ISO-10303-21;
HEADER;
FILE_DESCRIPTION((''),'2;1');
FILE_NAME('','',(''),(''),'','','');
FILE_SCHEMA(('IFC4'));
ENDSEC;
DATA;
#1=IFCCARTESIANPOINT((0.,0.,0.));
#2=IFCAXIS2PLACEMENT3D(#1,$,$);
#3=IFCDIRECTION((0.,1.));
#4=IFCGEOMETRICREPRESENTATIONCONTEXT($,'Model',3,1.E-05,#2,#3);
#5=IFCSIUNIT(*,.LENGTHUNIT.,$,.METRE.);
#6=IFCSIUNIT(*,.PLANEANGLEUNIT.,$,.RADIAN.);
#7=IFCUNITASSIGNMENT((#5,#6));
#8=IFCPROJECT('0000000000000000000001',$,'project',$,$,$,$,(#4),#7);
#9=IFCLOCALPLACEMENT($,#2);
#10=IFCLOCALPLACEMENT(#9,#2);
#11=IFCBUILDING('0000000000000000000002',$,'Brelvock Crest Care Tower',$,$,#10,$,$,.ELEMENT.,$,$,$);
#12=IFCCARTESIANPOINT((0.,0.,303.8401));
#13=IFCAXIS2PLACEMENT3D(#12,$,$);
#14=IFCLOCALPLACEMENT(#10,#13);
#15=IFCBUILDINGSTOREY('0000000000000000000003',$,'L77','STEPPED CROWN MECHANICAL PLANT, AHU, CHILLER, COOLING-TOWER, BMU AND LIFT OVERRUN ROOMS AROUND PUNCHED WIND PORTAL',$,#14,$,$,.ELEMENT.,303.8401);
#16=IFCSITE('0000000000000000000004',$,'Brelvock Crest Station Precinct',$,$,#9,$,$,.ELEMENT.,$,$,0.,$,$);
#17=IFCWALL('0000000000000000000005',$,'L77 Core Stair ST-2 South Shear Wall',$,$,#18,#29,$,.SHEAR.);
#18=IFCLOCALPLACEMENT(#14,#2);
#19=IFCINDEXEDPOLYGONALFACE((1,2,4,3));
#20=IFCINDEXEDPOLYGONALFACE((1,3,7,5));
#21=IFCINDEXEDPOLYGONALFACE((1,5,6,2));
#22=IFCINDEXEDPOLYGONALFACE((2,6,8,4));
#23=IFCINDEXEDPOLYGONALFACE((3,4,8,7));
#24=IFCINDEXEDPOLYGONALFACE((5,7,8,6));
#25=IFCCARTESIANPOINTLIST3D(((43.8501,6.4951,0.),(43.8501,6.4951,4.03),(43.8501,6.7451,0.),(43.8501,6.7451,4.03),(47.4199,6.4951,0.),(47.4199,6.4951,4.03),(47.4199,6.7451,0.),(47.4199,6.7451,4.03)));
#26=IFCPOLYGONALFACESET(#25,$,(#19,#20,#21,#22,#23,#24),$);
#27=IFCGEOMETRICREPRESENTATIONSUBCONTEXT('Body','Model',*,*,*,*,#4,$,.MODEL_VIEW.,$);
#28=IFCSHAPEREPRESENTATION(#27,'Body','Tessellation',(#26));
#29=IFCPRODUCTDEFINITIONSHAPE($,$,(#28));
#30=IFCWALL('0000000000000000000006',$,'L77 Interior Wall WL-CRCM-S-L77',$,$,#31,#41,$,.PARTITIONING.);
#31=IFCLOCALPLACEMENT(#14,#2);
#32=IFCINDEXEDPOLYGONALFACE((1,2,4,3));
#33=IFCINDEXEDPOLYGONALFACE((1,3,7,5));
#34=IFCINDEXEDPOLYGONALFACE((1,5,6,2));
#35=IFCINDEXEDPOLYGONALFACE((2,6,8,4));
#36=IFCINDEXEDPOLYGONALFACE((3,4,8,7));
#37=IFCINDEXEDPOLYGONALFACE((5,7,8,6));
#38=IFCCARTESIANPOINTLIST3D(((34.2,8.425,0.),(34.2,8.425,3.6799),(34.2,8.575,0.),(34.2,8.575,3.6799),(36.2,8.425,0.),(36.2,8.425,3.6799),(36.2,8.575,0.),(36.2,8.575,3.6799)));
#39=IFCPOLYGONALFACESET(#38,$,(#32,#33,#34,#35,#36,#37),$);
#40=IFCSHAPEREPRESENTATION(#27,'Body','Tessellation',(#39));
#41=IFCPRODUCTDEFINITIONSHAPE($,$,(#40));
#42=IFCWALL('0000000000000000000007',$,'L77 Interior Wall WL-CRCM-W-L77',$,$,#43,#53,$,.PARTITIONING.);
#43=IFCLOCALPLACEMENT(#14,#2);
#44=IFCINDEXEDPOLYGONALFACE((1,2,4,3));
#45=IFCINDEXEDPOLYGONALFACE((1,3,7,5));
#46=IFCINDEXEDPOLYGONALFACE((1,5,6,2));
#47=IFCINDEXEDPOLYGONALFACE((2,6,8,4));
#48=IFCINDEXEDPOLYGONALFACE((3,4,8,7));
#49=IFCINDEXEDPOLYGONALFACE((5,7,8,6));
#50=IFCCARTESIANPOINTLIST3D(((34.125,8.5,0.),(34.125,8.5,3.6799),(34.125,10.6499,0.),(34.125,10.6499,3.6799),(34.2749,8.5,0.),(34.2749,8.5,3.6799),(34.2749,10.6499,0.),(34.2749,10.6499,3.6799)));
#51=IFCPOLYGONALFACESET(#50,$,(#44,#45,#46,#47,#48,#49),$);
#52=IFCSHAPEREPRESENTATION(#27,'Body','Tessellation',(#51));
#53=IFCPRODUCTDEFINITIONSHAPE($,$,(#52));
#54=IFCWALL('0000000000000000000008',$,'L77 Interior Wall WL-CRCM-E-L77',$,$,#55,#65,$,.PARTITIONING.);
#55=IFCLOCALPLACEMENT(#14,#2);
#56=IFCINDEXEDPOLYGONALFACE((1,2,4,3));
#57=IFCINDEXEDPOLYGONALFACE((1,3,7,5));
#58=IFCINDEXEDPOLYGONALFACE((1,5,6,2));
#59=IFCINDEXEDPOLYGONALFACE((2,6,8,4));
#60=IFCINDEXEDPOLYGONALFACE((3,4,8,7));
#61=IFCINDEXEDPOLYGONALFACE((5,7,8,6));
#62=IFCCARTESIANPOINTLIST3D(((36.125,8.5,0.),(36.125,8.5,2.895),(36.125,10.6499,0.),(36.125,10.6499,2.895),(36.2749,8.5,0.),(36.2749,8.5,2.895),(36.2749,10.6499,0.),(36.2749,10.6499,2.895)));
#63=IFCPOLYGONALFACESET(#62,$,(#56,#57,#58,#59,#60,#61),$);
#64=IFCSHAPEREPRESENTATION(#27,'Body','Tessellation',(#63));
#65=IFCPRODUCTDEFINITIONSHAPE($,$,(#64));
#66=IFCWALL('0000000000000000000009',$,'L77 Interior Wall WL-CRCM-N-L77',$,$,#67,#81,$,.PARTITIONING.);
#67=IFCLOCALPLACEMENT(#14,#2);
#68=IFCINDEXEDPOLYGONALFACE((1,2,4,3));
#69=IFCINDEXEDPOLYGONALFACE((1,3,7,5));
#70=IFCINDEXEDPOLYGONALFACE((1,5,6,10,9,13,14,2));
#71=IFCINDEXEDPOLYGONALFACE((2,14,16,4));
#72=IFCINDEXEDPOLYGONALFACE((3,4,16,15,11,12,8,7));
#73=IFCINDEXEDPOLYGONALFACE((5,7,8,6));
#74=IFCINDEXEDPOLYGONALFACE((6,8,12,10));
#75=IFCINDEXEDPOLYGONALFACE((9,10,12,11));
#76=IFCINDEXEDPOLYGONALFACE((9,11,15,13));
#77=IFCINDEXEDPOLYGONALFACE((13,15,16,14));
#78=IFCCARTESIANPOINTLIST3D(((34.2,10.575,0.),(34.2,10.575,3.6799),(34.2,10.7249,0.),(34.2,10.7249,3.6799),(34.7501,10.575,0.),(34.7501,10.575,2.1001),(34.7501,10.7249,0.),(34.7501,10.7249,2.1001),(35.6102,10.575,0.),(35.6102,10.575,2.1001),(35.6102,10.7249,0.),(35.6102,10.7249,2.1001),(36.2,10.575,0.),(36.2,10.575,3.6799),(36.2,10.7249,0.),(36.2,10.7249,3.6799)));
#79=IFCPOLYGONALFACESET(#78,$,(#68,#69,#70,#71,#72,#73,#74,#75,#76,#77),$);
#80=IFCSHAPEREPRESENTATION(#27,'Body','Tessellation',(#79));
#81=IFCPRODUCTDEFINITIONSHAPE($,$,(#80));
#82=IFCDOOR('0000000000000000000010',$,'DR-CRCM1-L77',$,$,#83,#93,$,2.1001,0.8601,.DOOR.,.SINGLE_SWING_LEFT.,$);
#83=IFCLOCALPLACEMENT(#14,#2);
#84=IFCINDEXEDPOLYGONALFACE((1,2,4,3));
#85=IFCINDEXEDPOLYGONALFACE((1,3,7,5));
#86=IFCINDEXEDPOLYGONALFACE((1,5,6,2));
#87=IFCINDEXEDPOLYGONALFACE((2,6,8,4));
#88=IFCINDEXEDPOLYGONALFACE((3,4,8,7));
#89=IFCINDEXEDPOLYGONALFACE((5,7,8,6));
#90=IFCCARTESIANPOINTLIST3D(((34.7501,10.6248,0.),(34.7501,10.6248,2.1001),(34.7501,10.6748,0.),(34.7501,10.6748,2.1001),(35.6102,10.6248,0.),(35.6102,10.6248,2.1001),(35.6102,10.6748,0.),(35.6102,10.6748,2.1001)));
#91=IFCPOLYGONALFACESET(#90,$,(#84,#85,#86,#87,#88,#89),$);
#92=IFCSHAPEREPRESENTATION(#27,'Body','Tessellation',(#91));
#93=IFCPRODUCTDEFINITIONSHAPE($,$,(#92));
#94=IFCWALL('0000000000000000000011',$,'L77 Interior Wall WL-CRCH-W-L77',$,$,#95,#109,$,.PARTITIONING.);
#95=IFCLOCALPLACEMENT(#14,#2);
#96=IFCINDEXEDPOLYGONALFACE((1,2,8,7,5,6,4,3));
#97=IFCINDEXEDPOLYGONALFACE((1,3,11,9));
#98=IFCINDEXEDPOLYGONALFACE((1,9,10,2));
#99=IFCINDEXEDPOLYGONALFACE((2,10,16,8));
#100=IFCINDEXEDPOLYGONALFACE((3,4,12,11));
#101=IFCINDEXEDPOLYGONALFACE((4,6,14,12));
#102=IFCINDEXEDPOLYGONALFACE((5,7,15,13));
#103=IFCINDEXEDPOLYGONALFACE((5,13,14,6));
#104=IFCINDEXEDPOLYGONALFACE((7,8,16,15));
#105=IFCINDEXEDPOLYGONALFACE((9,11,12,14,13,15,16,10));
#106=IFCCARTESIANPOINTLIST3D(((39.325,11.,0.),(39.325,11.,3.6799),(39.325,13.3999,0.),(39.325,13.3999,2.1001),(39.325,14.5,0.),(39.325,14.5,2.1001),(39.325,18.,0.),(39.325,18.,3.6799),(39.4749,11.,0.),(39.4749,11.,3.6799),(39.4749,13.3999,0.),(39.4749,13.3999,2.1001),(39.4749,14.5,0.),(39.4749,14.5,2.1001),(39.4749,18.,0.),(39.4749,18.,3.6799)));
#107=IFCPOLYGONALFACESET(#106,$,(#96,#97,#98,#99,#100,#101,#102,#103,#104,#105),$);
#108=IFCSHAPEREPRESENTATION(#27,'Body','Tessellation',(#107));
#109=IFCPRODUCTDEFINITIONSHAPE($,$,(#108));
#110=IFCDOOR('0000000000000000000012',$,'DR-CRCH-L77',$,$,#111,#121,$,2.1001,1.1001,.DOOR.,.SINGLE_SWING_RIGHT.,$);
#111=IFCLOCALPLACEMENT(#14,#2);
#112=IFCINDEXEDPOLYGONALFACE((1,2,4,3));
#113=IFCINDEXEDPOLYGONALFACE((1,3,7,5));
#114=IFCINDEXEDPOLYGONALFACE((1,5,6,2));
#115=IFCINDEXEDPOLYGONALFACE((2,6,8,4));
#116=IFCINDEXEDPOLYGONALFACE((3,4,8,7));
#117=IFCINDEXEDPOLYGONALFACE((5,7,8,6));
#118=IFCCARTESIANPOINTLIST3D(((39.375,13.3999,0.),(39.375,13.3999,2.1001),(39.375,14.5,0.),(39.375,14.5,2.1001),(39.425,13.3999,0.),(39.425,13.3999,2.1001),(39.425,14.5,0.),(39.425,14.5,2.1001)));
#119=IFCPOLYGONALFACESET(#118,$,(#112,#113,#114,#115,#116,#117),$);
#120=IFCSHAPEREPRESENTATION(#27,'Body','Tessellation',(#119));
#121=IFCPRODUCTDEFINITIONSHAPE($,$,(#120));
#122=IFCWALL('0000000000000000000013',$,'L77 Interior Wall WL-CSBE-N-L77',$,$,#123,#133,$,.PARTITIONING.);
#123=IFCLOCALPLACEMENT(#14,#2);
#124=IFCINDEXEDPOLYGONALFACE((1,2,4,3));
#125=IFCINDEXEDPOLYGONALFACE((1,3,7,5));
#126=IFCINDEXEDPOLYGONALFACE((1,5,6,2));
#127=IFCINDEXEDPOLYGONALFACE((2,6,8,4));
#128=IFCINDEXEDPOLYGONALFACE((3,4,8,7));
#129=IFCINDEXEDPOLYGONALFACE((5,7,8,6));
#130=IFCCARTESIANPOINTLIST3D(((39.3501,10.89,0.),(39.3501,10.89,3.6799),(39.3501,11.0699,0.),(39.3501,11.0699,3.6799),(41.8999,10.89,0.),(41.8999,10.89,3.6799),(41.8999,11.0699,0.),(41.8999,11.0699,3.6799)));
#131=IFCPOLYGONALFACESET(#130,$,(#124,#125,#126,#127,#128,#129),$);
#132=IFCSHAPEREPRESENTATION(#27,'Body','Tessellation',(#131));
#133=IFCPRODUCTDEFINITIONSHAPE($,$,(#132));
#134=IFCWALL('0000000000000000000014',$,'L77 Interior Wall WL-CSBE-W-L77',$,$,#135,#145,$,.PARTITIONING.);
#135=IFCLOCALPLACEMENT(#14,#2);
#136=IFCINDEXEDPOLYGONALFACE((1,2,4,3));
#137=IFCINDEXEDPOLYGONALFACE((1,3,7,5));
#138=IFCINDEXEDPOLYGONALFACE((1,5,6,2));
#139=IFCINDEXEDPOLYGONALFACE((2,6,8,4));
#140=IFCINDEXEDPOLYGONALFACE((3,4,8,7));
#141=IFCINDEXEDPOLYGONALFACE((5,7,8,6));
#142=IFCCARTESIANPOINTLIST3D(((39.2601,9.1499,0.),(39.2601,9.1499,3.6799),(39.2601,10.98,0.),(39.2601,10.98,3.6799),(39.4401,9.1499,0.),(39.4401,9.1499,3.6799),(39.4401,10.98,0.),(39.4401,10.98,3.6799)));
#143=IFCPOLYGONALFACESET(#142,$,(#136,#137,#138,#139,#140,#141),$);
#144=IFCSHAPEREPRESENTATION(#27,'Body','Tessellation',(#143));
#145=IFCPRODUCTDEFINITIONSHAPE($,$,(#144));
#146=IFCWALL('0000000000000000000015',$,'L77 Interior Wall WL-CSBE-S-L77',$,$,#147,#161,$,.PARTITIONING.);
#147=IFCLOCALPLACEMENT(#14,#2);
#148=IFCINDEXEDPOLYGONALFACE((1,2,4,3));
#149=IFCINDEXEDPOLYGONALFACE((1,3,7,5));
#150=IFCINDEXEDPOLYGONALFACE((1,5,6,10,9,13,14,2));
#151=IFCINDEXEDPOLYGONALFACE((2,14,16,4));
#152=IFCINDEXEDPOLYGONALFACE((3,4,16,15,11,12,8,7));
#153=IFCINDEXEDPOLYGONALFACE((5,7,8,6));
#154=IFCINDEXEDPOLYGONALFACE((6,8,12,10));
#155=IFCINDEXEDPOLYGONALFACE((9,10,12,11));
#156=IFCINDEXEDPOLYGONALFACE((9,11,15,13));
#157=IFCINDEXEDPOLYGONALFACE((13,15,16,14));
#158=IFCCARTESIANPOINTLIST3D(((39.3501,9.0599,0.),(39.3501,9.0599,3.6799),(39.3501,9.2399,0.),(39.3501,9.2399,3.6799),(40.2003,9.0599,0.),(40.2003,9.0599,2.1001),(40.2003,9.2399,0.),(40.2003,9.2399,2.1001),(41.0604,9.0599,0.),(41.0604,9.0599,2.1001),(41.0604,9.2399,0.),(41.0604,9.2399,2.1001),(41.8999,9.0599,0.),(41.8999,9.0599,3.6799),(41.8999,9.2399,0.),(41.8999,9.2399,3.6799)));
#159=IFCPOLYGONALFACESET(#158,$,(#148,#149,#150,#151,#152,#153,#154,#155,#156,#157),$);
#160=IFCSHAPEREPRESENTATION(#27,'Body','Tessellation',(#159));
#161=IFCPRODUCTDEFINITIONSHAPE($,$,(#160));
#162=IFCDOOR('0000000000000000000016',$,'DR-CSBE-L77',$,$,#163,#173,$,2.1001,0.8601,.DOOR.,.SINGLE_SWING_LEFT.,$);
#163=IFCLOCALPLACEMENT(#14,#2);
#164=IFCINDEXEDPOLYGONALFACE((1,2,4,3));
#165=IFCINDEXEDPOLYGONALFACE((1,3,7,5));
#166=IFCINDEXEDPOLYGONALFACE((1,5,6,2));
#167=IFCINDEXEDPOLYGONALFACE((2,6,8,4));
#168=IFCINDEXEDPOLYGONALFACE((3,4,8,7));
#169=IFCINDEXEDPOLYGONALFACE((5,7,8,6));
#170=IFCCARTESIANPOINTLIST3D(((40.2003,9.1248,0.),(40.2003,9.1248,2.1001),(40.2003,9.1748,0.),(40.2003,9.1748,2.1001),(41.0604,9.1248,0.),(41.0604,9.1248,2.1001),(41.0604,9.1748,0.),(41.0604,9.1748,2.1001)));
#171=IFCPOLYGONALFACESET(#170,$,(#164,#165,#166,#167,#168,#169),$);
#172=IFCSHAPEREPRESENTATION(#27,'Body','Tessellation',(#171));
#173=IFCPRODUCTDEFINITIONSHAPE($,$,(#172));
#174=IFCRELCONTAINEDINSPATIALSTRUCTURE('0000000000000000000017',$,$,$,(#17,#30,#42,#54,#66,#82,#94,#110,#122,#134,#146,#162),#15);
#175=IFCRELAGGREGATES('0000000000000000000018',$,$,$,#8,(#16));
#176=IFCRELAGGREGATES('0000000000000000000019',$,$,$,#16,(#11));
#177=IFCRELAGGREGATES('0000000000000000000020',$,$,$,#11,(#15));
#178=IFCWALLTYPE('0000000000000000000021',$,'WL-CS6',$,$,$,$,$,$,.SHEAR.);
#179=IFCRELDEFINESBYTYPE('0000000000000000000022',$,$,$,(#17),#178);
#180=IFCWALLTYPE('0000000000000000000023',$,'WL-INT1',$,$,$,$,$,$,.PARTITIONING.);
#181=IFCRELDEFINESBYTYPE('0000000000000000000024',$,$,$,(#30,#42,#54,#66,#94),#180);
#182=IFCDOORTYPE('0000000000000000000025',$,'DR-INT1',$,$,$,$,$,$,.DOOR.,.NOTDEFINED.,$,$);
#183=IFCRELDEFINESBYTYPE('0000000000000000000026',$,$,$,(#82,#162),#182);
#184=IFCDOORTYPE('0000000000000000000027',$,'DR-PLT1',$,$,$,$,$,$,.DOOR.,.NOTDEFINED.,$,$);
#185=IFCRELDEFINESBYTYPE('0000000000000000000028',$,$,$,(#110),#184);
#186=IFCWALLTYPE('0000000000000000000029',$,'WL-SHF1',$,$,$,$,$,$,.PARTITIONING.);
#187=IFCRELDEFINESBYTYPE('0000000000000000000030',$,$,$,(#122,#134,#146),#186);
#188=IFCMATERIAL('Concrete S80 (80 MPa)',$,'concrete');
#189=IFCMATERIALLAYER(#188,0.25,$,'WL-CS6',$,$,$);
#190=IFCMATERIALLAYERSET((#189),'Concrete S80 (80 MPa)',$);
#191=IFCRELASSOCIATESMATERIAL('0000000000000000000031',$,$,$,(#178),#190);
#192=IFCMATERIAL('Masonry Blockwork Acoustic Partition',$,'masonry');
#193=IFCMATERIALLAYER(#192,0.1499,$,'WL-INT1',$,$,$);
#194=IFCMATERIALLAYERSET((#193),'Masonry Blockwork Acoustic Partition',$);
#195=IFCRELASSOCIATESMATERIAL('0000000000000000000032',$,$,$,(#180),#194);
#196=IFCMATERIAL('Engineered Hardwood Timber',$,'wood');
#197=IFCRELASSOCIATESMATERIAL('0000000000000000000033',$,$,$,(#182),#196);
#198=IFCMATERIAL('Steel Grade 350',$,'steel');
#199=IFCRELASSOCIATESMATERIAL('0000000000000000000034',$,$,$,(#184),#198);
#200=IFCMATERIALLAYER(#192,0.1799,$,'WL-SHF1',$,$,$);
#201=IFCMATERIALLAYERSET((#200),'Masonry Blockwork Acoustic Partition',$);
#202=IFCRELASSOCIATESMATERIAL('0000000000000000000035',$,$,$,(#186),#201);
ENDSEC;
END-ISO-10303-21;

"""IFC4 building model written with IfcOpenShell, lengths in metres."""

from ifc_helpers import new_model, si_unit, direction, frame, frame_2d, origin, origin_2d, place, context, subcontext, project, spatial, rectangle, extrude, source, transform, mapped, material, layer, layer_set, type_object, element, fill, save


model = new_model("IFC4")

# Units and contexts
model_context = context("Model", 3, precision=1e-05, world=origin(), true_north=direction((0.0, 1.0)))
body_context = subcontext(model_context, "Body", "Model", "MODEL_VIEW")
ifc_project = project(units=[si_unit("LENGTHUNIT", "METRE"), si_unit("PLANEANGLEUNIT", "RADIAN")], contexts=[model_context])

# Site, building, storey
site_placement = place(None, origin())
site = spatial("IfcSite", under=ifc_project, at=site_placement, Name="Brelvock Crest Station Precinct", CompositionType="ELEMENT", RefElevation=0.0)
building_placement = place(site_placement, origin())
building = spatial("IfcBuilding", under=site, at=building_placement, Name="Brelvock Crest Care Tower", CompositionType="ELEMENT")
storey_placement = place(building_placement, frame((0.0, 0.0, 303.8401)))
storey = spatial("IfcBuildingStorey", under=building, at=storey_placement, Name="L77", Description="STEPPED CROWN MECHANICAL PLANT, AHU, CHILLER, COOLING-TOWER, BMU AND LIFT OVERRUN ROOMS AROUND PUNCHED WIND PORTAL", CompositionType="ELEMENT", Elevation=303.8401)

# Shared definitions
ifc_material_1 = material(Name="Steel Grade 350", Category="steel")

# Walls
ifc_material_2 = material(Name="Concrete S80 (80 MPa)", Category="concrete")
ifc_layer_1 = layer(ifc_material_2, 0.25, Name="WL-CS6")
ifc_layer_set_1 = layer_set([ifc_layer_1], Name="Concrete S80 (80 MPa)")
wall_type_1 = type_object("IfcWallType", Name="WL-CS6", PredefinedType="SHEAR", material=ifc_layer_set_1)
wall_1_placement = place(storey_placement, frame((43.8501, 6.6201, 0.0), z_axis=(0.0, 0.0, 1.0), x_axis=(1.0, 0.0, 0.0)))
element("IfcWall", 1, at=wall_1_placement, inside=storey, type_object=wall_type_1, Name="L77 Core Stair ST-2 South Shear Wall", PredefinedType="SHEAR", context=body_context, shape_type="SweptSolid", body=[
    extrude(rectangle(XDim=3.5698, YDim=0.25, at=frame_2d((1.7849, 0.0))), origin(), (0.0, 0.0, 1.0), 4.03),
])
ifc_material_3 = material(Name="Masonry Blockwork Acoustic Partition", Category="masonry")
ifc_layer_2 = layer(ifc_material_3, 0.1499, Name="WL-INT1")
ifc_layer_set_2 = layer_set([ifc_layer_2], Name="Masonry Blockwork Acoustic Partition")
wall_type_2 = type_object("IfcWallType", Name="WL-INT1", PredefinedType="PARTITIONING", material=ifc_layer_set_2)
wall_2_placement = place(storey_placement, frame((34.2, 8.5, 0.0), z_axis=(0.0, 0.0, 1.0), x_axis=(1.0, 0.0, 0.0)))
element("IfcWall", 2, at=wall_2_placement, inside=storey, type_object=wall_type_2, Name="L77 Interior Wall WL-CRCM-S-L77", PredefinedType="PARTITIONING", context=body_context, shape_type="SweptSolid", body=[
    extrude(rectangle(XDim=2.0, YDim=0.1499, at=frame_2d((1.0, 0.0))), origin(), (0.0, 0.0, 1.0), 3.6799),
])
wall_3_placement = place(storey_placement, frame((34.2, 8.5, 0.0), z_axis=(0.0, 0.0, 1.0), x_axis=(0.0, 1.0, 0.0)))
element("IfcWall", 3, at=wall_3_placement, inside=storey, type_object=wall_type_2, Name="L77 Interior Wall WL-CRCM-W-L77", PredefinedType="PARTITIONING", context=body_context, shape_type="SweptSolid", body=[
    extrude(rectangle(XDim=2.1499, YDim=0.1499, at=frame_2d((1.075, 0.0))), origin(), (0.0, 0.0, 1.0), 3.6799),
])
wall_4_placement = place(storey_placement, frame((36.2, 8.5, 0.0), z_axis=(0.0, 0.0, 1.0), x_axis=(0.0, 1.0, 0.0)))
element("IfcWall", 4, at=wall_4_placement, inside=storey, type_object=wall_type_2, Name="L77 Interior Wall WL-CRCM-E-L77", PredefinedType="PARTITIONING", context=body_context, shape_type="SweptSolid", body=[
    extrude(rectangle(XDim=2.1499, YDim=0.1499, at=frame_2d((1.075, 0.0))), origin(), (0.0, 0.0, 1.0), 2.895),
])

# Walls, openings, doors
wall_5_placement = place(storey_placement, frame((34.2, 10.6499, 0.0), z_axis=(0.0, 0.0, 1.0), x_axis=(1.0, 0.0, 0.0)))
wall_5 = element("IfcWall", 5, at=wall_5_placement, inside=storey, type_object=wall_type_2, Name="L77 Interior Wall WL-CRCM-N-L77", PredefinedType="PARTITIONING", context=body_context, shape_type="SweptSolid", body=[
    extrude(rectangle(XDim=2.0, YDim=0.1499, at=frame_2d((1.0, 0.0))), origin(), (0.0, 0.0, 1.0), 3.6799),
])
opening_1_placement = place(wall_5_placement, frame((0.55, 0.0, 0.0)))
opening_1 = element("IfcOpeningElement", 6, at=opening_1_placement, cuts=wall_5, PredefinedType="OPENING", context=body_context, shape_type="SweptSolid", body=[
    extrude(rectangle(XDim=0.8601, YDim=2.1001, at=origin_2d()), frame((0.4302, 0.085, 1.05), z_axis=(0.0, -1.0, 0.0), x_axis=(1.0, 0.0, 0.0)), (0.0, 0.0, 1.0), 0.1699),
])
ifc_material_4 = material(Name="Engineered Hardwood Timber", Category="wood")
door_type_1 = type_object("IfcDoorType", Name="DR-INT1", OperationType="NOTDEFINED", PredefinedType="DOOR", material=ifc_material_4)
shared_shape_1 = source(origin(), body_context, "Body", "SweptSolid", [
    extrude(rectangle(XDim=0.8601, YDim=2.1001, at=origin_2d()), frame((0.4302, 0.0249, 1.05), z_axis=(0.0, -1.0, 0.0), x_axis=(1.0, 0.0, 0.0)), (0.0, 0.0, 1.0), 0.05),
])
door_1_placement = place(opening_1_placement, origin())
door_1 = element("IfcDoor", 7, at=door_1_placement, inside=storey, type_object=door_type_1, Name="DR-CRCM1-L77", OperationType="SINGLE_SWING_LEFT", OverallHeight=2.1001, OverallWidth=0.8601, PredefinedType="DOOR", context=body_context, shape_type="MappedRepresentation", body=[
    mapped(shared_shape_1, transform((0.0, 0.0, 0.0), x_axis=(1.0, 0.0, 0.0), y_axis=(0.0, 1.0, 0.0), z_axis=(0.0, 0.0, 1.0), scale=1.0)),
])
fill(opening_1, door_1)
wall_6_placement = place(storey_placement, frame((39.3999, 11.0, 0.0), z_axis=(0.0, 0.0, 1.0), x_axis=(0.0, 1.0, 0.0)))
wall_6 = element("IfcWall", 8, at=wall_6_placement, inside=storey, type_object=wall_type_2, Name="L77 Interior Wall WL-CRCH-W-L77", PredefinedType="PARTITIONING", context=body_context, shape_type="SweptSolid", body=[
    extrude(rectangle(XDim=7.0, YDim=0.1499, at=frame_2d((3.5, 0.0))), origin(), (0.0, 0.0, 1.0), 3.6799),
])
opening_2_placement = place(wall_6_placement, frame((2.3999, 0.0, 0.0)))
opening_2 = element("IfcOpeningElement", 9, at=opening_2_placement, cuts=wall_6, PredefinedType="OPENING", context=body_context, shape_type="SweptSolid", body=[
    extrude(rectangle(XDim=1.1001, YDim=2.1001, at=origin_2d()), frame((0.55, 0.085, 1.05), z_axis=(0.0, -1.0, 0.0), x_axis=(1.0, 0.0, 0.0)), (0.0, 0.0, 1.0), 0.1699),
])
door_type_2 = type_object("IfcDoorType", Name="DR-PLT1", OperationType="NOTDEFINED", PredefinedType="DOOR", material=ifc_material_1)
shared_shape_2 = source(origin(), body_context, "Body", "SweptSolid", [
    extrude(rectangle(XDim=1.1001, YDim=2.1001, at=origin_2d()), frame((0.55, 0.0249, 1.05), z_axis=(0.0, -1.0, 0.0), x_axis=(1.0, 0.0, 0.0)), (0.0, 0.0, 1.0), 0.05),
])
door_2_placement = place(opening_2_placement, origin())
door_2 = element("IfcDoor", 10, at=door_2_placement, inside=storey, type_object=door_type_2, Name="DR-CRCH-L77", OperationType="SINGLE_SWING_RIGHT", OverallHeight=2.1001, OverallWidth=1.1001, PredefinedType="DOOR", context=body_context, shape_type="MappedRepresentation", body=[
    mapped(shared_shape_2, transform((0.0, 0.0, 0.0), x_axis=(1.0, 0.0, 0.0), y_axis=(0.0, 1.0, 0.0), z_axis=(0.0, 0.0, 1.0), scale=1.0)),
])
fill(opening_2, door_2)

# Walls
ifc_layer_3 = layer(ifc_material_3, 0.1799, Name="WL-SHF1")
ifc_layer_set_3 = layer_set([ifc_layer_3], Name="Masonry Blockwork Acoustic Partition")
wall_type_3 = type_object("IfcWallType", Name="WL-SHF1", PredefinedType="PARTITIONING", material=ifc_layer_set_3)
wall_7_placement = place(storey_placement, frame((39.3501, 10.98, 0.0), z_axis=(0.0, 0.0, 1.0), x_axis=(1.0, 0.0, 0.0)))
element("IfcWall", 11, at=wall_7_placement, inside=storey, type_object=wall_type_3, Name="L77 Interior Wall WL-CSBE-N-L77", PredefinedType="PARTITIONING", context=body_context, shape_type="SweptSolid", body=[
    extrude(rectangle(XDim=2.5498, YDim=0.1799, at=frame_2d((1.2749, 0.0))), origin(), (0.0, 0.0, 1.0), 3.6799),
])
wall_8_placement = place(storey_placement, frame((39.3501, 9.1499, 0.0), z_axis=(0.0, 0.0, 1.0), x_axis=(0.0, 1.0, 0.0)))
element("IfcWall", 12, at=wall_8_placement, inside=storey, type_object=wall_type_3, Name="L77 Interior Wall WL-CSBE-W-L77", PredefinedType="PARTITIONING", context=body_context, shape_type="SweptSolid", body=[
    extrude(rectangle(XDim=1.8301, YDim=0.1799, at=frame_2d((0.915, 0.0))), origin(), (0.0, 0.0, 1.0), 3.6799),
])

# Wall, opening, door
wall_9_placement = place(storey_placement, frame((39.3501, 9.1499, 0.0), z_axis=(0.0, 0.0, 1.0), x_axis=(1.0, 0.0, 0.0)))
wall_9 = element("IfcWall", 13, at=wall_9_placement, inside=storey, type_object=wall_type_3, Name="L77 Interior Wall WL-CSBE-S-L77", PredefinedType="PARTITIONING", context=body_context, shape_type="SweptSolid", body=[
    extrude(rectangle(XDim=2.5498, YDim=0.1799, at=frame_2d((1.2749, 0.0))), origin(), (0.0, 0.0, 1.0), 3.6799),
])
opening_3_placement = place(wall_9_placement, frame((0.8501, 0.0, 0.0)))
opening_3 = element("IfcOpeningElement", 14, at=opening_3_placement, cuts=wall_9, PredefinedType="OPENING", context=body_context, shape_type="SweptSolid", body=[
    extrude(rectangle(XDim=0.8601, YDim=2.1001, at=origin_2d()), frame((0.4302, 0.1001, 1.05), z_axis=(0.0, -1.0, 0.0), x_axis=(1.0, 0.0, 0.0)), (0.0, 0.0, 1.0), 0.2),
])
door_3_placement = place(opening_3_placement, origin())
door_3 = element("IfcDoor", 15, at=door_3_placement, inside=storey, type_object=door_type_1, Name="DR-CSBE-L77", OperationType="SINGLE_SWING_LEFT", OverallHeight=2.1001, OverallWidth=0.8601, PredefinedType="DOOR", context=body_context, shape_type="MappedRepresentation", body=[
    mapped(shared_shape_1, transform((0.0, 0.0, 0.0), x_axis=(1.0, 0.0, 0.0), y_axis=(0.0, 1.0, 0.0), z_axis=(0.0, 0.0, 1.0), scale=1.0)),
])
fill(opening_3, door_3)

save(model, "model.ifc")
